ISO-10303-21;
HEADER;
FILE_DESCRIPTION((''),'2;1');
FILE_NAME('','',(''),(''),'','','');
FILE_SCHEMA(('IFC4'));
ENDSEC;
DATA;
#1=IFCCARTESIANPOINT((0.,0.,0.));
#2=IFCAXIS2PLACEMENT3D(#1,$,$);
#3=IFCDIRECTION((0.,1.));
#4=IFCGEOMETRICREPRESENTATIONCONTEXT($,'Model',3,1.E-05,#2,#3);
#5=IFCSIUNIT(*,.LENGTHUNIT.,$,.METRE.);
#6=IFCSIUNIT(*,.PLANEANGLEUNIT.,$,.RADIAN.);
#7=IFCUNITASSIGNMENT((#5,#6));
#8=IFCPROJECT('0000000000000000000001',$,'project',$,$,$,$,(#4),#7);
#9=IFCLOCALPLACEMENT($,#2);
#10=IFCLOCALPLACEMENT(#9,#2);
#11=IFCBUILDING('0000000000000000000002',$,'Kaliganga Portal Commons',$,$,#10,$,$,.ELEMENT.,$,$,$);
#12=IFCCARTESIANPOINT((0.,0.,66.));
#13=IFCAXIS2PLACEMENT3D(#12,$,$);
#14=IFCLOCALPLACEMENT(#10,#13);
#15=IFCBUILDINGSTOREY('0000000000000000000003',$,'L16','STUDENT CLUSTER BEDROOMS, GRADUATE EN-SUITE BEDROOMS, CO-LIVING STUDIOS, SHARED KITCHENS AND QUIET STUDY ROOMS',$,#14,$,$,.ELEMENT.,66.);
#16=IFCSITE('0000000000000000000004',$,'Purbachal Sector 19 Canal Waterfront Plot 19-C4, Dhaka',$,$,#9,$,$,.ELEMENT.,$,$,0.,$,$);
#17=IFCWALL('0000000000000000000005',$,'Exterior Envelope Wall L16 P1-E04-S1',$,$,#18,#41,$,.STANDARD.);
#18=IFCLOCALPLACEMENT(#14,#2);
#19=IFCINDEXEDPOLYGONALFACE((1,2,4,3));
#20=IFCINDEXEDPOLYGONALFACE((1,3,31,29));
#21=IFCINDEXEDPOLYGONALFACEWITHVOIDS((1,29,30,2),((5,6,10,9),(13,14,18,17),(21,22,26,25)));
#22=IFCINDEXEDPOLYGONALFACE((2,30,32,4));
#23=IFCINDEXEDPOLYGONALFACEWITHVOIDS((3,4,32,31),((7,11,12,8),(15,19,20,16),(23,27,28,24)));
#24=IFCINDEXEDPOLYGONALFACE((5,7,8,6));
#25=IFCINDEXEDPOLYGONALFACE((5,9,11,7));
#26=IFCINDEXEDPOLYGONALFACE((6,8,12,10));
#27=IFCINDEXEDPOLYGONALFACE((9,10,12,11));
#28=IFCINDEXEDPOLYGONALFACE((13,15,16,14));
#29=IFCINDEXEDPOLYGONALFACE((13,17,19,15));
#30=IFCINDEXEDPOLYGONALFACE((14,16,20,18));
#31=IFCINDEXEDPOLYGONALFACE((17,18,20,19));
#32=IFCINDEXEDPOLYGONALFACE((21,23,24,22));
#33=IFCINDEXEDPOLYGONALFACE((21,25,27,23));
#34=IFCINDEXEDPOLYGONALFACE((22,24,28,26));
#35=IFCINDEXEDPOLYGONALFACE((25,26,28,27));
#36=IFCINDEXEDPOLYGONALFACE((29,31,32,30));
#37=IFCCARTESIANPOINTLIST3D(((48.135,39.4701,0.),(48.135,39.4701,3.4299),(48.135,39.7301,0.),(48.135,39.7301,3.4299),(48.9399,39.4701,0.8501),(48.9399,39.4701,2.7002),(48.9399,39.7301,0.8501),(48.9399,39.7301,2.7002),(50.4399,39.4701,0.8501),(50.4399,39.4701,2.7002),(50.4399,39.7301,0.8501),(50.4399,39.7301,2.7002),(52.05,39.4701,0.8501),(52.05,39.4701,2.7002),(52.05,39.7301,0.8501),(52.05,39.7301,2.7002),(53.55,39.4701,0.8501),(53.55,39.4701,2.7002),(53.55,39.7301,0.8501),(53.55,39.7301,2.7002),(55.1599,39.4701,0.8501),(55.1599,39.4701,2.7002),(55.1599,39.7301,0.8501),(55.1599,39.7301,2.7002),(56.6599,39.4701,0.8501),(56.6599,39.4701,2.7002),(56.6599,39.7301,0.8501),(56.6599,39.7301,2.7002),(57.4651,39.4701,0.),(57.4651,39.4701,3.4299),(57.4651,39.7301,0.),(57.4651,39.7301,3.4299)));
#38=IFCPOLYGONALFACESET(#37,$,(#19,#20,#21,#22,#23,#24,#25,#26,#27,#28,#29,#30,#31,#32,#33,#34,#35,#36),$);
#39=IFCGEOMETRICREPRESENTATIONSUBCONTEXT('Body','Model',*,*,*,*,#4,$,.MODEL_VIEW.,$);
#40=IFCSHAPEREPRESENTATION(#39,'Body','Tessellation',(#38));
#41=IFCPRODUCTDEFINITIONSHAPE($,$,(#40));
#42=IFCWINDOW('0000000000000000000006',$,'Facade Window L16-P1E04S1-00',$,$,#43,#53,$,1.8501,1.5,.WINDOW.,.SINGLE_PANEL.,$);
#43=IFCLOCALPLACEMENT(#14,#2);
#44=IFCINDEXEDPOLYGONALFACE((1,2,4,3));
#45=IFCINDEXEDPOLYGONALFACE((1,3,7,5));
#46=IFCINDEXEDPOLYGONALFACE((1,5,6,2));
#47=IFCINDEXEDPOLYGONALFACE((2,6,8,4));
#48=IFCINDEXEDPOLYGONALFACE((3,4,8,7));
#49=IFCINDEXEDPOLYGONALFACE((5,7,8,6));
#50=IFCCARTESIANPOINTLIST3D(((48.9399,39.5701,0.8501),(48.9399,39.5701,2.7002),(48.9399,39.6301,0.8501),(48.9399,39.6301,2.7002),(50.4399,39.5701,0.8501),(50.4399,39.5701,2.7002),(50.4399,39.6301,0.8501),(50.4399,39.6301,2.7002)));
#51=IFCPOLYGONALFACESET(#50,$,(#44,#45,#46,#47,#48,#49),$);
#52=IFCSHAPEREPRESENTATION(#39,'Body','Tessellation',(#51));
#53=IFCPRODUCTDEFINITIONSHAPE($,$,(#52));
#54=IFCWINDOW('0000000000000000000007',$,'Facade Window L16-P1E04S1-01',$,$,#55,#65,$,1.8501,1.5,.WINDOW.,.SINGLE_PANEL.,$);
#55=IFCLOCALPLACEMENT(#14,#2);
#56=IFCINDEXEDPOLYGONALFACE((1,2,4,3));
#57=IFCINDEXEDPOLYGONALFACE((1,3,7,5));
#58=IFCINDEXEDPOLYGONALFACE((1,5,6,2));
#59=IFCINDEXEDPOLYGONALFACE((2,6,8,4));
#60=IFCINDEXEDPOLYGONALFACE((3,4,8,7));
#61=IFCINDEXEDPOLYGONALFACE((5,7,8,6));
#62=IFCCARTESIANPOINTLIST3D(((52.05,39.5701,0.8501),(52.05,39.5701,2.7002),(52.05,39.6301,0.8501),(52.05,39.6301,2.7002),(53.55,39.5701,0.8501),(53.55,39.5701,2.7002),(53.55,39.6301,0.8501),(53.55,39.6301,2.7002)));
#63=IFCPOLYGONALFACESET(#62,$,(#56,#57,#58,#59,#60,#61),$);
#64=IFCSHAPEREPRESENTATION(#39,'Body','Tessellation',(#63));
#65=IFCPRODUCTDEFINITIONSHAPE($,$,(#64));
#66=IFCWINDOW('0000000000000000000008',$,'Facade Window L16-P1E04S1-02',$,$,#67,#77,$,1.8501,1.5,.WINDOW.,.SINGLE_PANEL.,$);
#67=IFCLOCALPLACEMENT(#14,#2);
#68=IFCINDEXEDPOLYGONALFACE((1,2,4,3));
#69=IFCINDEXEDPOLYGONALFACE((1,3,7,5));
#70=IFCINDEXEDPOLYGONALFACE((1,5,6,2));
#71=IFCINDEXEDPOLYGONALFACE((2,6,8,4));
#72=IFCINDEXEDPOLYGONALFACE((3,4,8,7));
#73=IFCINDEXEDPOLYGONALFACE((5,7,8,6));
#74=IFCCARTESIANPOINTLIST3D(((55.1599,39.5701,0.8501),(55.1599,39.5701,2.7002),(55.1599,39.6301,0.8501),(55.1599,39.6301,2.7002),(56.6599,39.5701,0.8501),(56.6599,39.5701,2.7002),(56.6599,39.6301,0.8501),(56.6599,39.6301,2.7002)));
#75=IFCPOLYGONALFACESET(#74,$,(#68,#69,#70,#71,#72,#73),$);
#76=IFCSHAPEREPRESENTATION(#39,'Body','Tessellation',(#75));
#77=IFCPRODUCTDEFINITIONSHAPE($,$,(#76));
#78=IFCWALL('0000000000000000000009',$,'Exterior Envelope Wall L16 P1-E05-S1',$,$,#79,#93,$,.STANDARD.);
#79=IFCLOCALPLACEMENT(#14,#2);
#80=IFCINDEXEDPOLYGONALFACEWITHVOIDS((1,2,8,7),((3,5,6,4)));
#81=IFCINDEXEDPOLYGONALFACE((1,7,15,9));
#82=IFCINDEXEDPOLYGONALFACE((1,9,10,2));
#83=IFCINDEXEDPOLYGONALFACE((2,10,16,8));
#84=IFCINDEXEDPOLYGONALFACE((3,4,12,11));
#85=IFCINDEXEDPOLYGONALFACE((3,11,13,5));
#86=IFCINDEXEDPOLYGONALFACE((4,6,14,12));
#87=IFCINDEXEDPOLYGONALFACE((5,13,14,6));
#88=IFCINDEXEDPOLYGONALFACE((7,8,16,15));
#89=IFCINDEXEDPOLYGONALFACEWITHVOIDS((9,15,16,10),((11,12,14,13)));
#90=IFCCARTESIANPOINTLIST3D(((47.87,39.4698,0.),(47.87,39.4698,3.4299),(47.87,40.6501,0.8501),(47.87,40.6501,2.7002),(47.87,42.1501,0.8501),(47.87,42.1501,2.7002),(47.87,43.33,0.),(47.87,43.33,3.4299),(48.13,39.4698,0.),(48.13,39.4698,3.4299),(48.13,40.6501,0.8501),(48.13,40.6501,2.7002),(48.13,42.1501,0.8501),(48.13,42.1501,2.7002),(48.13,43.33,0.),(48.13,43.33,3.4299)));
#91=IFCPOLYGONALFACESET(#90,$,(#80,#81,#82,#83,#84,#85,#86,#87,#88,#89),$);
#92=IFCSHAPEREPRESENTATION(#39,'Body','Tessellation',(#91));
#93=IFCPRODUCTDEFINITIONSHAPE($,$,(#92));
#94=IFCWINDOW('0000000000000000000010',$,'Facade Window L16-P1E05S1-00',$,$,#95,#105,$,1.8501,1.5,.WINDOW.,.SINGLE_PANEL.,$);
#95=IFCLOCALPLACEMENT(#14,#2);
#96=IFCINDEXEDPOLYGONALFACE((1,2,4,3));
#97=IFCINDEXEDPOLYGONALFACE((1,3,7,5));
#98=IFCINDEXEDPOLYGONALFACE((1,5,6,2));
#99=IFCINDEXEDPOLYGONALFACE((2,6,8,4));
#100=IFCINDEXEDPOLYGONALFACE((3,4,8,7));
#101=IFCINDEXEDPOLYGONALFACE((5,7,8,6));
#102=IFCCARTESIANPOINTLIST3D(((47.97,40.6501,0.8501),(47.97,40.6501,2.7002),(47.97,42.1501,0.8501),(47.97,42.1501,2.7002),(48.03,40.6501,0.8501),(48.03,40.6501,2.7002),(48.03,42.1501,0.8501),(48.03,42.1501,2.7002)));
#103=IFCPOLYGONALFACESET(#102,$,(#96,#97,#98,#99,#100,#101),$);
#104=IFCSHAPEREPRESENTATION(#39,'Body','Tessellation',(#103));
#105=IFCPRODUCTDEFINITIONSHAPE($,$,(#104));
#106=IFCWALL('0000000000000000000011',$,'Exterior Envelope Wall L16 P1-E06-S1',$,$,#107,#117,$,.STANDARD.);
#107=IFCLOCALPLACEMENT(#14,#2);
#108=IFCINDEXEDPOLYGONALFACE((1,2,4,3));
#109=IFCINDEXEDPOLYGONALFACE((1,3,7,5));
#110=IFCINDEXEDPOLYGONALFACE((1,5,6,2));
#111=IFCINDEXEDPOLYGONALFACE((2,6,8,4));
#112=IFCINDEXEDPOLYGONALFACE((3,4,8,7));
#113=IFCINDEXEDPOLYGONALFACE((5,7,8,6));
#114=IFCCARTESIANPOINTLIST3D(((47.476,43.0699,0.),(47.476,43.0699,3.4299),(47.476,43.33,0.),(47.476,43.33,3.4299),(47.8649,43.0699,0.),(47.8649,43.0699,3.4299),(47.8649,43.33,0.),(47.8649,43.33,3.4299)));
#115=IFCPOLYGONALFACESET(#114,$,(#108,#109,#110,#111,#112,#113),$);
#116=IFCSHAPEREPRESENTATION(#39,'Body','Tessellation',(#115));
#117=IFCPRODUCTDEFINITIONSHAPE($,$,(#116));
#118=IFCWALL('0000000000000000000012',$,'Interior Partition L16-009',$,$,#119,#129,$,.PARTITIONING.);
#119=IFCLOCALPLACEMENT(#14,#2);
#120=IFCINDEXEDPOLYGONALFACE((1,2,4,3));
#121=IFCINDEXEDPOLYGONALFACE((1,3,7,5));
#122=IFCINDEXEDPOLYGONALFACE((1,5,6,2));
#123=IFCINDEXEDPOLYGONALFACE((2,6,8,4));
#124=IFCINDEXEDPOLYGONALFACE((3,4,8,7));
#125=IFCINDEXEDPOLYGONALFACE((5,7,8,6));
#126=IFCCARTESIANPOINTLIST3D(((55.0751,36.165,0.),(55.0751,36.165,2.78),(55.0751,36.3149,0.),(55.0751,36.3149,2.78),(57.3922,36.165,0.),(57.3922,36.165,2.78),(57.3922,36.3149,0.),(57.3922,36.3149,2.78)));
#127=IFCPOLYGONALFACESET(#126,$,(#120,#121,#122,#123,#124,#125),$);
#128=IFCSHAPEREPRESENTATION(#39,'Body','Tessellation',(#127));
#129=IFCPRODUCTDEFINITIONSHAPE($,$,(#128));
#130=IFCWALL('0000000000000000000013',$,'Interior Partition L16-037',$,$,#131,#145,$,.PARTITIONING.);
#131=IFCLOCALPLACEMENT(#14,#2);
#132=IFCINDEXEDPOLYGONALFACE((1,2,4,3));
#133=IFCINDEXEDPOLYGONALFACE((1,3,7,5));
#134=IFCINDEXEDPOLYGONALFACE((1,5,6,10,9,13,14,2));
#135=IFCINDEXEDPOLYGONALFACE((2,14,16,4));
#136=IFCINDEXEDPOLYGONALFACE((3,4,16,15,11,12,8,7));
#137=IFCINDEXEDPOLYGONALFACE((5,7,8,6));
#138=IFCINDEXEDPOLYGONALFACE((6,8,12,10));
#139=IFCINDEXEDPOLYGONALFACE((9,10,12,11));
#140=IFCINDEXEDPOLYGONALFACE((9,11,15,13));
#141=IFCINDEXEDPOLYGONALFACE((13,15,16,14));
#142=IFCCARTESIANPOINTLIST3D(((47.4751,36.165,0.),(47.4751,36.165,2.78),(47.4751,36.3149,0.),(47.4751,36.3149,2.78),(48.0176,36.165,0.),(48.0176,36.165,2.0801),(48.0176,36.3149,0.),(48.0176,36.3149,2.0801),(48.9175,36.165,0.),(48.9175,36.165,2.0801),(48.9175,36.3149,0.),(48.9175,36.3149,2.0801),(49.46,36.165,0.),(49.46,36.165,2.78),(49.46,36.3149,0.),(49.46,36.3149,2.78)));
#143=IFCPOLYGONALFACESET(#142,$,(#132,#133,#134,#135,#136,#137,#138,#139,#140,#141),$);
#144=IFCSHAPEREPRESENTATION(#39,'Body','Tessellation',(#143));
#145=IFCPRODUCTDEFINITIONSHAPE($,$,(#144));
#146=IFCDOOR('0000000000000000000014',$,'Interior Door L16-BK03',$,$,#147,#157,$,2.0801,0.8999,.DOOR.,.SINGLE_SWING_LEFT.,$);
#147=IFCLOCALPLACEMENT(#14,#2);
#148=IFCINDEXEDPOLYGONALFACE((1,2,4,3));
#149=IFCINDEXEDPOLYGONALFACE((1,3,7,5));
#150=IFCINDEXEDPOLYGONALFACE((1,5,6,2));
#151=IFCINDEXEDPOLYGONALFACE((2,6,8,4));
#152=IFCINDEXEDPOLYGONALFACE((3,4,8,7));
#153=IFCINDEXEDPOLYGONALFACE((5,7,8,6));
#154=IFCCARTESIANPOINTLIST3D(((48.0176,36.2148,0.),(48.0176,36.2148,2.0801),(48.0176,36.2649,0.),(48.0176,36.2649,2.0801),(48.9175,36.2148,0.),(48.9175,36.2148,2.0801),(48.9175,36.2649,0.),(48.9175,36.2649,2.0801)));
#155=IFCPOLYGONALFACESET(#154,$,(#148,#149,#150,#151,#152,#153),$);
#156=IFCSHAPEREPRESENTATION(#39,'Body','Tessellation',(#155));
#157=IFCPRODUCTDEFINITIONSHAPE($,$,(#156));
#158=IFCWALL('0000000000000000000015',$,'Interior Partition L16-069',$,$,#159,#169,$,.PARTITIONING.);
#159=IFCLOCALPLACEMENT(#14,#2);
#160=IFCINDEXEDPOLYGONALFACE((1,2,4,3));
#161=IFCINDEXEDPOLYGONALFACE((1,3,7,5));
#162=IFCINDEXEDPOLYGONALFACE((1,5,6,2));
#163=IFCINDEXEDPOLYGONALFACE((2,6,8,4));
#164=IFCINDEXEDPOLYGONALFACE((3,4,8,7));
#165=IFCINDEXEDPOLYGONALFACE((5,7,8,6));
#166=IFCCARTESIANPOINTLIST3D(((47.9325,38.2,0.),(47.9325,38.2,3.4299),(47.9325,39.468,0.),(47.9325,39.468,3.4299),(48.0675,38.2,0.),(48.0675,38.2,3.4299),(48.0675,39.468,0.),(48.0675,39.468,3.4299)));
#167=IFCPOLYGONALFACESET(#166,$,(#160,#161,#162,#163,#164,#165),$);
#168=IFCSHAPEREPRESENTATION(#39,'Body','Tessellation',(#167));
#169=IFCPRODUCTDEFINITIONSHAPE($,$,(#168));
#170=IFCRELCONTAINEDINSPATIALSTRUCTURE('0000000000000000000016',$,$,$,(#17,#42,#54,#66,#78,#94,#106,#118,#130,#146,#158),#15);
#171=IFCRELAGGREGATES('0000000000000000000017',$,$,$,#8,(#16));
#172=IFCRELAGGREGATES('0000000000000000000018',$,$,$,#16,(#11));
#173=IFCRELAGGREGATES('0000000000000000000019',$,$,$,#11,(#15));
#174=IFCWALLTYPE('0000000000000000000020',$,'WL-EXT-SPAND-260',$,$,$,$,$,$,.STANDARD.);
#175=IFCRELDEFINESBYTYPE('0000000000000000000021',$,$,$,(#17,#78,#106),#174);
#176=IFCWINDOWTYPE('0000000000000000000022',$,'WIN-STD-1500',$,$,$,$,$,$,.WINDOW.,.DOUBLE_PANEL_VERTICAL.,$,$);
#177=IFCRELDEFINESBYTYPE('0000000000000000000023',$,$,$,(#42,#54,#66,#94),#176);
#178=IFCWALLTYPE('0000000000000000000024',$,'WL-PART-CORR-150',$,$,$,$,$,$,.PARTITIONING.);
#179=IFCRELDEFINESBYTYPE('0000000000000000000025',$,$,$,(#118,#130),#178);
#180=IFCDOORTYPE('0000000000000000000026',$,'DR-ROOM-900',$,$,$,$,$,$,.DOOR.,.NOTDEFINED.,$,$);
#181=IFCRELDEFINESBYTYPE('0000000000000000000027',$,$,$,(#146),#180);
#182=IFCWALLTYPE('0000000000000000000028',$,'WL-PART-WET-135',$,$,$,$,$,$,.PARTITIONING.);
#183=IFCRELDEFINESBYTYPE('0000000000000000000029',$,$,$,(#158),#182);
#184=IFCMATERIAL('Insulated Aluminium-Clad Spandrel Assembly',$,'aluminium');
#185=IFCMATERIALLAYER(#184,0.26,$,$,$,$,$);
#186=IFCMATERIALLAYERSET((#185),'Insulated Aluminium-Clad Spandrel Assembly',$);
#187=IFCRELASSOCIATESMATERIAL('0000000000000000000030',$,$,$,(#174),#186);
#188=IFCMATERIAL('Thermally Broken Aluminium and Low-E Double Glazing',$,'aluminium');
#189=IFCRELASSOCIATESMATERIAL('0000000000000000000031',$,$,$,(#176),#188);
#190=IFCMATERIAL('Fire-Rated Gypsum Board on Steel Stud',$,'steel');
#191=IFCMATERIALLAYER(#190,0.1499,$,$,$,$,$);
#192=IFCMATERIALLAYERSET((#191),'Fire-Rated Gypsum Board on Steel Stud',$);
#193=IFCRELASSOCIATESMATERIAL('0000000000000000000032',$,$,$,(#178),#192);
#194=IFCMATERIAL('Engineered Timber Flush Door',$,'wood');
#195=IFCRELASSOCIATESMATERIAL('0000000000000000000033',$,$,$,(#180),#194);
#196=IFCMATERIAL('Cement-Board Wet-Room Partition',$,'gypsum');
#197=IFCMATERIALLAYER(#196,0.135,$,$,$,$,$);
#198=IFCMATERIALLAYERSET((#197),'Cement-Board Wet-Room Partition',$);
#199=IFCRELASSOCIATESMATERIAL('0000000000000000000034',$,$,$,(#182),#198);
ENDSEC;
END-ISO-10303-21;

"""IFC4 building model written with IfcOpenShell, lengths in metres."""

from ifc_helpers import new_model, si_unit, direction, frame, frame_2d, origin, place, context, subcontext, project, spatial, rectangle, extrude, material, layer, layer_set, type_object, element, fill, save


model = new_model("IFC4")

# Units and contexts
model_context = context("Model", 3, precision=1e-05, world=origin(), true_north=direction((0.0, 1.0)))
body_context = subcontext(model_context, "Body", "Model", "MODEL_VIEW")
ifc_project = project(units=[si_unit("LENGTHUNIT", "METRE"), si_unit("PLANEANGLEUNIT", "RADIAN")], contexts=[model_context])

# Site, building, storey
site_placement = place(None, origin())
site = spatial("IfcSite", under=ifc_project, at=site_placement, Name="Purbachal Sector 19 Canal Waterfront Plot 19-C4, Dhaka", CompositionType="ELEMENT", RefElevation=0.0)
building_placement = place(site_placement, origin())
building = spatial("IfcBuilding", under=site, at=building_placement, Name="Kaliganga Portal Commons", CompositionType="ELEMENT")
storey_placement = place(building_placement, frame((0.0, 0.0, 66.0)))
storey = spatial("IfcBuildingStorey", under=building, at=storey_placement, Name="L16", Description="STUDENT CLUSTER BEDROOMS, GRADUATE EN-SUITE BEDROOMS, CO-LIVING STUDIOS, SHARED KITCHENS AND QUIET STUDY ROOMS", CompositionType="ELEMENT", Elevation=66.0)

# Wall, openings, windows
ifc_material_1 = material(Name="Insulated Aluminium-Clad Spandrel Assembly", Category="aluminium")
ifc_layer_1 = layer(ifc_material_1, 0.26)
ifc_layer_set_1 = layer_set([ifc_layer_1], Name="Insulated Aluminium-Clad Spandrel Assembly")
wall_type_1 = type_object("IfcWallType", Name="WL-EXT-SPAND-260", PredefinedType="STANDARD", material=ifc_layer_set_1)
ifc_material_2 = material(Name="Thermally Broken Aluminium and Low-E Double Glazing", Category="aluminium")
wall_1_placement = place(storey_placement, frame((48.135, 39.6001, 0.0), z_axis=(0.0, 0.0, 1.0), x_axis=(1.0, 0.0, 0.0)))
wall_1 = element("IfcWall", 1, at=wall_1_placement, inside=storey, type_object=wall_type_1, Name="Exterior Envelope Wall L16 P1-E04-S1", PredefinedType="STANDARD", context=body_context, shape_type="SweptSolid", body=[
    extrude(rectangle(XDim=9.3301, YDim=0.26, at=frame_2d((4.665, 0.0))), origin(), (0.0, 0.0, 1.0), 3.4299),
])
opening_1_placement = place(wall_1_placement, frame((0.8049, 0.0, 0.8501)))
opening_1 = element("IfcOpeningElement", 2, at=opening_1_placement, cuts=wall_1, PredefinedType="OPENING", context=body_context, shape_type="SweptSolid", body=[
    extrude(rectangle(XDim=1.5, YDim=1.8501, at=frame_2d((0.75, 0.925))), frame((0.0, 0.1401, 0.0), z_axis=(0.0, -1.0, 0.0), x_axis=(1.0, 0.0, 0.0)), (0.0, 0.0, 1.0), 0.28),
])
opening_2_placement = place(wall_1_placement, frame((3.915, 0.0, 0.8501)))
opening_2 = element("IfcOpeningElement", 3, at=opening_2_placement, cuts=wall_1, PredefinedType="OPENING", context=body_context, shape_type="SweptSolid", body=[
    extrude(rectangle(XDim=1.5, YDim=1.8501, at=frame_2d((0.75, 0.925))), frame((0.0, 0.1401, 0.0), z_axis=(0.0, -1.0, 0.0), x_axis=(1.0, 0.0, 0.0)), (0.0, 0.0, 1.0), 0.28),
])
opening_3_placement = place(wall_1_placement, frame((7.0249, 0.0, 0.8501)))
opening_3 = element("IfcOpeningElement", 4, at=opening_3_placement, cuts=wall_1, PredefinedType="OPENING", context=body_context, shape_type="SweptSolid", body=[
    extrude(rectangle(XDim=1.5, YDim=1.8501, at=frame_2d((0.75, 0.925))), frame((0.0, 0.1401, 0.0), z_axis=(0.0, -1.0, 0.0), x_axis=(1.0, 0.0, 0.0)), (0.0, 0.0, 1.0), 0.28),
])
window_type_1 = type_object("IfcWindowType", Name="WIN-STD-1500", PartitioningType="DOUBLE_PANEL_VERTICAL", PredefinedType="WINDOW", material=ifc_material_2)
window_1_placement = place(opening_1_placement, origin())
window_1 = element("IfcWindow", 5, at=window_1_placement, inside=storey, type_object=window_type_1, Name="Facade Window L16-P1E04S1-00", OverallHeight=1.8501, OverallWidth=1.5, PartitioningType="SINGLE_PANEL", PredefinedType="WINDOW", context=body_context, shape_type="SweptSolid", body=[
    extrude(rectangle(XDim=1.5, YDim=1.8501, at=frame_2d((0.75, 0.925))), frame((0.0, 0.03, 0.0), z_axis=(0.0, -1.0, 0.0), x_axis=(1.0, 0.0, 0.0)), (0.0, 0.0, 1.0), 0.0601),
])
fill(opening_1, window_1)
window_2_placement = place(opening_2_placement, origin())
window_2 = element("IfcWindow", 6, at=window_2_placement, inside=storey, type_object=window_type_1, Name="Facade Window L16-P1E04S1-01", OverallHeight=1.8501, OverallWidth=1.5, PartitioningType="SINGLE_PANEL", PredefinedType="WINDOW", context=body_context, shape_type="SweptSolid", body=[
    extrude(rectangle(XDim=1.5, YDim=1.8501, at=frame_2d((0.75, 0.925))), frame((0.0, 0.03, 0.0), z_axis=(0.0, -1.0, 0.0), x_axis=(1.0, 0.0, 0.0)), (0.0, 0.0, 1.0), 0.0601),
])
fill(opening_2, window_2)
window_3_placement = place(opening_3_placement, origin())
window_3 = element("IfcWindow", 7, at=window_3_placement, inside=storey, type_object=window_type_1, Name="Facade Window L16-P1E04S1-02", OverallHeight=1.8501, OverallWidth=1.5, PartitioningType="SINGLE_PANEL", PredefinedType="WINDOW", context=body_context, shape_type="SweptSolid", body=[
    extrude(rectangle(XDim=1.5, YDim=1.8501, at=frame_2d((0.75, 0.925))), frame((0.0, 0.03, 0.0), z_axis=(0.0, -1.0, 0.0), x_axis=(1.0, 0.0, 0.0)), (0.0, 0.0, 1.0), 0.0601),
])
fill(opening_3, window_3)

# Wall, opening, window
wall_2_placement = place(storey_placement, frame((48.0, 43.3301, 0.0), z_axis=(0.0, 0.0, 1.0), x_axis=(0.0, -1.0, 0.0)))
wall_2 = element("IfcWall", 8, at=wall_2_placement, inside=storey, type_object=wall_type_1, Name="Exterior Envelope Wall L16 P1-E05-S1", PredefinedType="STANDARD", context=body_context, shape_type="SweptSolid", body=[
    extrude(rectangle(XDim=3.8601, YDim=0.26, at=frame_2d((1.9302, 0.0))), origin(), (0.0, 0.0, 1.0), 3.4299),
])
opening_4_placement = place(wall_2_placement, frame((1.1799, 0.0, 0.8501)))
opening_4 = element("IfcOpeningElement", 9, at=opening_4_placement, cuts=wall_2, PredefinedType="OPENING", context=body_context, shape_type="SweptSolid", body=[
    extrude(rectangle(XDim=1.5, YDim=1.8501, at=frame_2d((0.75, 0.925))), frame((0.0, 0.1401, 0.0), z_axis=(0.0, -1.0, 0.0), x_axis=(1.0, 0.0, 0.0)), (0.0, 0.0, 1.0), 0.28),
])
window_4_placement = place(opening_4_placement, origin())
window_4 = element("IfcWindow", 10, at=window_4_placement, inside=storey, type_object=window_type_1, Name="Facade Window L16-P1E05S1-00", OverallHeight=1.8501, OverallWidth=1.5, PartitioningType="SINGLE_PANEL", PredefinedType="WINDOW", context=body_context, shape_type="SweptSolid", body=[
    extrude(rectangle(XDim=1.5, YDim=1.8501, at=frame_2d((0.75, 0.925))), frame((0.0, 0.03, 0.0), z_axis=(0.0, -1.0, 0.0), x_axis=(1.0, 0.0, 0.0)), (0.0, 0.0, 1.0), 0.0601),
])
fill(opening_4, window_4)

# Wall
wall_3_placement = place(storey_placement, frame((47.4761, 43.2, 0.0), z_axis=(0.0, 0.0, 1.0), x_axis=(1.0, 0.0, 0.0)))
element("IfcWall", 11, at=wall_3_placement, inside=storey, type_object=wall_type_1, Name="Exterior Envelope Wall L16 P1-E06-S1", PredefinedType="STANDARD", context=body_context, shape_type="SweptSolid", body=[
    extrude(rectangle(XDim=0.3889, YDim=0.26, at=frame_2d((0.1943, 0.0))), origin(), (0.0, 0.0, 1.0), 3.4299),
])

# Shared definitions
ifc_material_3 = material(Name="Fire-Rated Gypsum Board on Steel Stud", Category="steel")
ifc_layer_2 = layer(ifc_material_3, 0.1499)
ifc_layer_set_2 = layer_set([ifc_layer_2], Name="Fire-Rated Gypsum Board on Steel Stud")
wall_type_2 = type_object("IfcWallType", Name="WL-PART-CORR-150", PredefinedType="PARTITIONING", material=ifc_layer_set_2)

# Wall
wall_4_placement = place(storey_placement, frame((55.075, 36.24, 0.0), z_axis=(0.0, 0.0, 1.0), x_axis=(1.0, 0.0, 0.0)))
element("IfcWall", 12, at=wall_4_placement, inside=storey, type_object=wall_type_2, Name="Interior Partition L16-009", PredefinedType="PARTITIONING", context=body_context, shape_type="SweptSolid", body=[
    extrude(rectangle(XDim=2.3171, YDim=0.1499, at=frame_2d((1.1587, 0.0))), origin(), (0.0, 0.0, 1.0), 2.78),
])

# Wall, opening, door
wall_5_placement = place(storey_placement, frame((47.4751, 36.24, 0.0), z_axis=(0.0, 0.0, 1.0), x_axis=(1.0, 0.0, 0.0)))
wall_5 = element("IfcWall", 13, at=wall_5_placement, inside=storey, type_object=wall_type_2, Name="Interior Partition L16-037", PredefinedType="PARTITIONING", context=body_context, shape_type="SweptSolid", body=[
    extrude(rectangle(XDim=1.9849, YDim=0.1499, at=frame_2d((0.9924, 0.0))), origin(), (0.0, 0.0, 1.0), 2.78),
])
opening_5_placement = place(wall_5_placement, frame((0.5425, 0.0, 0.0)))
opening_5 = element("IfcOpeningElement", 14, at=opening_5_placement, cuts=wall_5, PredefinedType="OPENING", context=body_context, shape_type="SweptSolid", body=[
    extrude(rectangle(XDim=0.8999, YDim=2.0801, at=frame_2d((0.45, 1.04))), frame((0.0, 0.085, 0.0), z_axis=(0.0, -1.0, 0.0), x_axis=(1.0, 0.0, 0.0)), (0.0, 0.0, 1.0), 0.1699),
])
ifc_material_4 = material(Name="Engineered Timber Flush Door", Category="wood")
door_type_1 = type_object("IfcDoorType", Name="DR-ROOM-900", OperationType="NOTDEFINED", PredefinedType="DOOR", material=ifc_material_4)
door_1_placement = place(opening_5_placement, origin())
door_1 = element("IfcDoor", 15, at=door_1_placement, inside=storey, type_object=door_type_1, Name="Interior Door L16-BK03", OperationType="SINGLE_SWING_LEFT", OverallHeight=2.0801, OverallWidth=0.8999, PredefinedType="DOOR", context=body_context, shape_type="SweptSolid", body=[
    extrude(rectangle(XDim=0.8999, YDim=2.0801, at=frame_2d((0.45, 1.04))), frame((0.0, 0.0249, 0.0), z_axis=(0.0, -1.0, 0.0), x_axis=(1.0, 0.0, 0.0)), (0.0, 0.0, 1.0), 0.05),
])
fill(opening_5, door_1)

# Wall
ifc_material_5 = material(Name="Cement-Board Wet-Room Partition", Category="gypsum")
ifc_layer_3 = layer(ifc_material_5, 0.135)
ifc_layer_set_3 = layer_set([ifc_layer_3], Name="Cement-Board Wet-Room Partition")
wall_type_3 = type_object("IfcWallType", Name="WL-PART-WET-135", PredefinedType="PARTITIONING", material=ifc_layer_set_3)
wall_6_placement = place(storey_placement, frame((48.0, 38.2, 0.0), z_axis=(0.0, 0.0, 1.0), x_axis=(0.0, 1.0, 0.0)))
element("IfcWall", 16, at=wall_6_placement, inside=storey, type_object=wall_type_3, Name="Interior Partition L16-069", PredefinedType="PARTITIONING", context=body_context, shape_type="SweptSolid", body=[
    extrude(rectangle(XDim=1.2681, YDim=0.135, at=frame_2d((0.634, 0.0))), origin(), (0.0, 0.0, 1.0), 3.4299),
])

save(model, "model.ifc")
